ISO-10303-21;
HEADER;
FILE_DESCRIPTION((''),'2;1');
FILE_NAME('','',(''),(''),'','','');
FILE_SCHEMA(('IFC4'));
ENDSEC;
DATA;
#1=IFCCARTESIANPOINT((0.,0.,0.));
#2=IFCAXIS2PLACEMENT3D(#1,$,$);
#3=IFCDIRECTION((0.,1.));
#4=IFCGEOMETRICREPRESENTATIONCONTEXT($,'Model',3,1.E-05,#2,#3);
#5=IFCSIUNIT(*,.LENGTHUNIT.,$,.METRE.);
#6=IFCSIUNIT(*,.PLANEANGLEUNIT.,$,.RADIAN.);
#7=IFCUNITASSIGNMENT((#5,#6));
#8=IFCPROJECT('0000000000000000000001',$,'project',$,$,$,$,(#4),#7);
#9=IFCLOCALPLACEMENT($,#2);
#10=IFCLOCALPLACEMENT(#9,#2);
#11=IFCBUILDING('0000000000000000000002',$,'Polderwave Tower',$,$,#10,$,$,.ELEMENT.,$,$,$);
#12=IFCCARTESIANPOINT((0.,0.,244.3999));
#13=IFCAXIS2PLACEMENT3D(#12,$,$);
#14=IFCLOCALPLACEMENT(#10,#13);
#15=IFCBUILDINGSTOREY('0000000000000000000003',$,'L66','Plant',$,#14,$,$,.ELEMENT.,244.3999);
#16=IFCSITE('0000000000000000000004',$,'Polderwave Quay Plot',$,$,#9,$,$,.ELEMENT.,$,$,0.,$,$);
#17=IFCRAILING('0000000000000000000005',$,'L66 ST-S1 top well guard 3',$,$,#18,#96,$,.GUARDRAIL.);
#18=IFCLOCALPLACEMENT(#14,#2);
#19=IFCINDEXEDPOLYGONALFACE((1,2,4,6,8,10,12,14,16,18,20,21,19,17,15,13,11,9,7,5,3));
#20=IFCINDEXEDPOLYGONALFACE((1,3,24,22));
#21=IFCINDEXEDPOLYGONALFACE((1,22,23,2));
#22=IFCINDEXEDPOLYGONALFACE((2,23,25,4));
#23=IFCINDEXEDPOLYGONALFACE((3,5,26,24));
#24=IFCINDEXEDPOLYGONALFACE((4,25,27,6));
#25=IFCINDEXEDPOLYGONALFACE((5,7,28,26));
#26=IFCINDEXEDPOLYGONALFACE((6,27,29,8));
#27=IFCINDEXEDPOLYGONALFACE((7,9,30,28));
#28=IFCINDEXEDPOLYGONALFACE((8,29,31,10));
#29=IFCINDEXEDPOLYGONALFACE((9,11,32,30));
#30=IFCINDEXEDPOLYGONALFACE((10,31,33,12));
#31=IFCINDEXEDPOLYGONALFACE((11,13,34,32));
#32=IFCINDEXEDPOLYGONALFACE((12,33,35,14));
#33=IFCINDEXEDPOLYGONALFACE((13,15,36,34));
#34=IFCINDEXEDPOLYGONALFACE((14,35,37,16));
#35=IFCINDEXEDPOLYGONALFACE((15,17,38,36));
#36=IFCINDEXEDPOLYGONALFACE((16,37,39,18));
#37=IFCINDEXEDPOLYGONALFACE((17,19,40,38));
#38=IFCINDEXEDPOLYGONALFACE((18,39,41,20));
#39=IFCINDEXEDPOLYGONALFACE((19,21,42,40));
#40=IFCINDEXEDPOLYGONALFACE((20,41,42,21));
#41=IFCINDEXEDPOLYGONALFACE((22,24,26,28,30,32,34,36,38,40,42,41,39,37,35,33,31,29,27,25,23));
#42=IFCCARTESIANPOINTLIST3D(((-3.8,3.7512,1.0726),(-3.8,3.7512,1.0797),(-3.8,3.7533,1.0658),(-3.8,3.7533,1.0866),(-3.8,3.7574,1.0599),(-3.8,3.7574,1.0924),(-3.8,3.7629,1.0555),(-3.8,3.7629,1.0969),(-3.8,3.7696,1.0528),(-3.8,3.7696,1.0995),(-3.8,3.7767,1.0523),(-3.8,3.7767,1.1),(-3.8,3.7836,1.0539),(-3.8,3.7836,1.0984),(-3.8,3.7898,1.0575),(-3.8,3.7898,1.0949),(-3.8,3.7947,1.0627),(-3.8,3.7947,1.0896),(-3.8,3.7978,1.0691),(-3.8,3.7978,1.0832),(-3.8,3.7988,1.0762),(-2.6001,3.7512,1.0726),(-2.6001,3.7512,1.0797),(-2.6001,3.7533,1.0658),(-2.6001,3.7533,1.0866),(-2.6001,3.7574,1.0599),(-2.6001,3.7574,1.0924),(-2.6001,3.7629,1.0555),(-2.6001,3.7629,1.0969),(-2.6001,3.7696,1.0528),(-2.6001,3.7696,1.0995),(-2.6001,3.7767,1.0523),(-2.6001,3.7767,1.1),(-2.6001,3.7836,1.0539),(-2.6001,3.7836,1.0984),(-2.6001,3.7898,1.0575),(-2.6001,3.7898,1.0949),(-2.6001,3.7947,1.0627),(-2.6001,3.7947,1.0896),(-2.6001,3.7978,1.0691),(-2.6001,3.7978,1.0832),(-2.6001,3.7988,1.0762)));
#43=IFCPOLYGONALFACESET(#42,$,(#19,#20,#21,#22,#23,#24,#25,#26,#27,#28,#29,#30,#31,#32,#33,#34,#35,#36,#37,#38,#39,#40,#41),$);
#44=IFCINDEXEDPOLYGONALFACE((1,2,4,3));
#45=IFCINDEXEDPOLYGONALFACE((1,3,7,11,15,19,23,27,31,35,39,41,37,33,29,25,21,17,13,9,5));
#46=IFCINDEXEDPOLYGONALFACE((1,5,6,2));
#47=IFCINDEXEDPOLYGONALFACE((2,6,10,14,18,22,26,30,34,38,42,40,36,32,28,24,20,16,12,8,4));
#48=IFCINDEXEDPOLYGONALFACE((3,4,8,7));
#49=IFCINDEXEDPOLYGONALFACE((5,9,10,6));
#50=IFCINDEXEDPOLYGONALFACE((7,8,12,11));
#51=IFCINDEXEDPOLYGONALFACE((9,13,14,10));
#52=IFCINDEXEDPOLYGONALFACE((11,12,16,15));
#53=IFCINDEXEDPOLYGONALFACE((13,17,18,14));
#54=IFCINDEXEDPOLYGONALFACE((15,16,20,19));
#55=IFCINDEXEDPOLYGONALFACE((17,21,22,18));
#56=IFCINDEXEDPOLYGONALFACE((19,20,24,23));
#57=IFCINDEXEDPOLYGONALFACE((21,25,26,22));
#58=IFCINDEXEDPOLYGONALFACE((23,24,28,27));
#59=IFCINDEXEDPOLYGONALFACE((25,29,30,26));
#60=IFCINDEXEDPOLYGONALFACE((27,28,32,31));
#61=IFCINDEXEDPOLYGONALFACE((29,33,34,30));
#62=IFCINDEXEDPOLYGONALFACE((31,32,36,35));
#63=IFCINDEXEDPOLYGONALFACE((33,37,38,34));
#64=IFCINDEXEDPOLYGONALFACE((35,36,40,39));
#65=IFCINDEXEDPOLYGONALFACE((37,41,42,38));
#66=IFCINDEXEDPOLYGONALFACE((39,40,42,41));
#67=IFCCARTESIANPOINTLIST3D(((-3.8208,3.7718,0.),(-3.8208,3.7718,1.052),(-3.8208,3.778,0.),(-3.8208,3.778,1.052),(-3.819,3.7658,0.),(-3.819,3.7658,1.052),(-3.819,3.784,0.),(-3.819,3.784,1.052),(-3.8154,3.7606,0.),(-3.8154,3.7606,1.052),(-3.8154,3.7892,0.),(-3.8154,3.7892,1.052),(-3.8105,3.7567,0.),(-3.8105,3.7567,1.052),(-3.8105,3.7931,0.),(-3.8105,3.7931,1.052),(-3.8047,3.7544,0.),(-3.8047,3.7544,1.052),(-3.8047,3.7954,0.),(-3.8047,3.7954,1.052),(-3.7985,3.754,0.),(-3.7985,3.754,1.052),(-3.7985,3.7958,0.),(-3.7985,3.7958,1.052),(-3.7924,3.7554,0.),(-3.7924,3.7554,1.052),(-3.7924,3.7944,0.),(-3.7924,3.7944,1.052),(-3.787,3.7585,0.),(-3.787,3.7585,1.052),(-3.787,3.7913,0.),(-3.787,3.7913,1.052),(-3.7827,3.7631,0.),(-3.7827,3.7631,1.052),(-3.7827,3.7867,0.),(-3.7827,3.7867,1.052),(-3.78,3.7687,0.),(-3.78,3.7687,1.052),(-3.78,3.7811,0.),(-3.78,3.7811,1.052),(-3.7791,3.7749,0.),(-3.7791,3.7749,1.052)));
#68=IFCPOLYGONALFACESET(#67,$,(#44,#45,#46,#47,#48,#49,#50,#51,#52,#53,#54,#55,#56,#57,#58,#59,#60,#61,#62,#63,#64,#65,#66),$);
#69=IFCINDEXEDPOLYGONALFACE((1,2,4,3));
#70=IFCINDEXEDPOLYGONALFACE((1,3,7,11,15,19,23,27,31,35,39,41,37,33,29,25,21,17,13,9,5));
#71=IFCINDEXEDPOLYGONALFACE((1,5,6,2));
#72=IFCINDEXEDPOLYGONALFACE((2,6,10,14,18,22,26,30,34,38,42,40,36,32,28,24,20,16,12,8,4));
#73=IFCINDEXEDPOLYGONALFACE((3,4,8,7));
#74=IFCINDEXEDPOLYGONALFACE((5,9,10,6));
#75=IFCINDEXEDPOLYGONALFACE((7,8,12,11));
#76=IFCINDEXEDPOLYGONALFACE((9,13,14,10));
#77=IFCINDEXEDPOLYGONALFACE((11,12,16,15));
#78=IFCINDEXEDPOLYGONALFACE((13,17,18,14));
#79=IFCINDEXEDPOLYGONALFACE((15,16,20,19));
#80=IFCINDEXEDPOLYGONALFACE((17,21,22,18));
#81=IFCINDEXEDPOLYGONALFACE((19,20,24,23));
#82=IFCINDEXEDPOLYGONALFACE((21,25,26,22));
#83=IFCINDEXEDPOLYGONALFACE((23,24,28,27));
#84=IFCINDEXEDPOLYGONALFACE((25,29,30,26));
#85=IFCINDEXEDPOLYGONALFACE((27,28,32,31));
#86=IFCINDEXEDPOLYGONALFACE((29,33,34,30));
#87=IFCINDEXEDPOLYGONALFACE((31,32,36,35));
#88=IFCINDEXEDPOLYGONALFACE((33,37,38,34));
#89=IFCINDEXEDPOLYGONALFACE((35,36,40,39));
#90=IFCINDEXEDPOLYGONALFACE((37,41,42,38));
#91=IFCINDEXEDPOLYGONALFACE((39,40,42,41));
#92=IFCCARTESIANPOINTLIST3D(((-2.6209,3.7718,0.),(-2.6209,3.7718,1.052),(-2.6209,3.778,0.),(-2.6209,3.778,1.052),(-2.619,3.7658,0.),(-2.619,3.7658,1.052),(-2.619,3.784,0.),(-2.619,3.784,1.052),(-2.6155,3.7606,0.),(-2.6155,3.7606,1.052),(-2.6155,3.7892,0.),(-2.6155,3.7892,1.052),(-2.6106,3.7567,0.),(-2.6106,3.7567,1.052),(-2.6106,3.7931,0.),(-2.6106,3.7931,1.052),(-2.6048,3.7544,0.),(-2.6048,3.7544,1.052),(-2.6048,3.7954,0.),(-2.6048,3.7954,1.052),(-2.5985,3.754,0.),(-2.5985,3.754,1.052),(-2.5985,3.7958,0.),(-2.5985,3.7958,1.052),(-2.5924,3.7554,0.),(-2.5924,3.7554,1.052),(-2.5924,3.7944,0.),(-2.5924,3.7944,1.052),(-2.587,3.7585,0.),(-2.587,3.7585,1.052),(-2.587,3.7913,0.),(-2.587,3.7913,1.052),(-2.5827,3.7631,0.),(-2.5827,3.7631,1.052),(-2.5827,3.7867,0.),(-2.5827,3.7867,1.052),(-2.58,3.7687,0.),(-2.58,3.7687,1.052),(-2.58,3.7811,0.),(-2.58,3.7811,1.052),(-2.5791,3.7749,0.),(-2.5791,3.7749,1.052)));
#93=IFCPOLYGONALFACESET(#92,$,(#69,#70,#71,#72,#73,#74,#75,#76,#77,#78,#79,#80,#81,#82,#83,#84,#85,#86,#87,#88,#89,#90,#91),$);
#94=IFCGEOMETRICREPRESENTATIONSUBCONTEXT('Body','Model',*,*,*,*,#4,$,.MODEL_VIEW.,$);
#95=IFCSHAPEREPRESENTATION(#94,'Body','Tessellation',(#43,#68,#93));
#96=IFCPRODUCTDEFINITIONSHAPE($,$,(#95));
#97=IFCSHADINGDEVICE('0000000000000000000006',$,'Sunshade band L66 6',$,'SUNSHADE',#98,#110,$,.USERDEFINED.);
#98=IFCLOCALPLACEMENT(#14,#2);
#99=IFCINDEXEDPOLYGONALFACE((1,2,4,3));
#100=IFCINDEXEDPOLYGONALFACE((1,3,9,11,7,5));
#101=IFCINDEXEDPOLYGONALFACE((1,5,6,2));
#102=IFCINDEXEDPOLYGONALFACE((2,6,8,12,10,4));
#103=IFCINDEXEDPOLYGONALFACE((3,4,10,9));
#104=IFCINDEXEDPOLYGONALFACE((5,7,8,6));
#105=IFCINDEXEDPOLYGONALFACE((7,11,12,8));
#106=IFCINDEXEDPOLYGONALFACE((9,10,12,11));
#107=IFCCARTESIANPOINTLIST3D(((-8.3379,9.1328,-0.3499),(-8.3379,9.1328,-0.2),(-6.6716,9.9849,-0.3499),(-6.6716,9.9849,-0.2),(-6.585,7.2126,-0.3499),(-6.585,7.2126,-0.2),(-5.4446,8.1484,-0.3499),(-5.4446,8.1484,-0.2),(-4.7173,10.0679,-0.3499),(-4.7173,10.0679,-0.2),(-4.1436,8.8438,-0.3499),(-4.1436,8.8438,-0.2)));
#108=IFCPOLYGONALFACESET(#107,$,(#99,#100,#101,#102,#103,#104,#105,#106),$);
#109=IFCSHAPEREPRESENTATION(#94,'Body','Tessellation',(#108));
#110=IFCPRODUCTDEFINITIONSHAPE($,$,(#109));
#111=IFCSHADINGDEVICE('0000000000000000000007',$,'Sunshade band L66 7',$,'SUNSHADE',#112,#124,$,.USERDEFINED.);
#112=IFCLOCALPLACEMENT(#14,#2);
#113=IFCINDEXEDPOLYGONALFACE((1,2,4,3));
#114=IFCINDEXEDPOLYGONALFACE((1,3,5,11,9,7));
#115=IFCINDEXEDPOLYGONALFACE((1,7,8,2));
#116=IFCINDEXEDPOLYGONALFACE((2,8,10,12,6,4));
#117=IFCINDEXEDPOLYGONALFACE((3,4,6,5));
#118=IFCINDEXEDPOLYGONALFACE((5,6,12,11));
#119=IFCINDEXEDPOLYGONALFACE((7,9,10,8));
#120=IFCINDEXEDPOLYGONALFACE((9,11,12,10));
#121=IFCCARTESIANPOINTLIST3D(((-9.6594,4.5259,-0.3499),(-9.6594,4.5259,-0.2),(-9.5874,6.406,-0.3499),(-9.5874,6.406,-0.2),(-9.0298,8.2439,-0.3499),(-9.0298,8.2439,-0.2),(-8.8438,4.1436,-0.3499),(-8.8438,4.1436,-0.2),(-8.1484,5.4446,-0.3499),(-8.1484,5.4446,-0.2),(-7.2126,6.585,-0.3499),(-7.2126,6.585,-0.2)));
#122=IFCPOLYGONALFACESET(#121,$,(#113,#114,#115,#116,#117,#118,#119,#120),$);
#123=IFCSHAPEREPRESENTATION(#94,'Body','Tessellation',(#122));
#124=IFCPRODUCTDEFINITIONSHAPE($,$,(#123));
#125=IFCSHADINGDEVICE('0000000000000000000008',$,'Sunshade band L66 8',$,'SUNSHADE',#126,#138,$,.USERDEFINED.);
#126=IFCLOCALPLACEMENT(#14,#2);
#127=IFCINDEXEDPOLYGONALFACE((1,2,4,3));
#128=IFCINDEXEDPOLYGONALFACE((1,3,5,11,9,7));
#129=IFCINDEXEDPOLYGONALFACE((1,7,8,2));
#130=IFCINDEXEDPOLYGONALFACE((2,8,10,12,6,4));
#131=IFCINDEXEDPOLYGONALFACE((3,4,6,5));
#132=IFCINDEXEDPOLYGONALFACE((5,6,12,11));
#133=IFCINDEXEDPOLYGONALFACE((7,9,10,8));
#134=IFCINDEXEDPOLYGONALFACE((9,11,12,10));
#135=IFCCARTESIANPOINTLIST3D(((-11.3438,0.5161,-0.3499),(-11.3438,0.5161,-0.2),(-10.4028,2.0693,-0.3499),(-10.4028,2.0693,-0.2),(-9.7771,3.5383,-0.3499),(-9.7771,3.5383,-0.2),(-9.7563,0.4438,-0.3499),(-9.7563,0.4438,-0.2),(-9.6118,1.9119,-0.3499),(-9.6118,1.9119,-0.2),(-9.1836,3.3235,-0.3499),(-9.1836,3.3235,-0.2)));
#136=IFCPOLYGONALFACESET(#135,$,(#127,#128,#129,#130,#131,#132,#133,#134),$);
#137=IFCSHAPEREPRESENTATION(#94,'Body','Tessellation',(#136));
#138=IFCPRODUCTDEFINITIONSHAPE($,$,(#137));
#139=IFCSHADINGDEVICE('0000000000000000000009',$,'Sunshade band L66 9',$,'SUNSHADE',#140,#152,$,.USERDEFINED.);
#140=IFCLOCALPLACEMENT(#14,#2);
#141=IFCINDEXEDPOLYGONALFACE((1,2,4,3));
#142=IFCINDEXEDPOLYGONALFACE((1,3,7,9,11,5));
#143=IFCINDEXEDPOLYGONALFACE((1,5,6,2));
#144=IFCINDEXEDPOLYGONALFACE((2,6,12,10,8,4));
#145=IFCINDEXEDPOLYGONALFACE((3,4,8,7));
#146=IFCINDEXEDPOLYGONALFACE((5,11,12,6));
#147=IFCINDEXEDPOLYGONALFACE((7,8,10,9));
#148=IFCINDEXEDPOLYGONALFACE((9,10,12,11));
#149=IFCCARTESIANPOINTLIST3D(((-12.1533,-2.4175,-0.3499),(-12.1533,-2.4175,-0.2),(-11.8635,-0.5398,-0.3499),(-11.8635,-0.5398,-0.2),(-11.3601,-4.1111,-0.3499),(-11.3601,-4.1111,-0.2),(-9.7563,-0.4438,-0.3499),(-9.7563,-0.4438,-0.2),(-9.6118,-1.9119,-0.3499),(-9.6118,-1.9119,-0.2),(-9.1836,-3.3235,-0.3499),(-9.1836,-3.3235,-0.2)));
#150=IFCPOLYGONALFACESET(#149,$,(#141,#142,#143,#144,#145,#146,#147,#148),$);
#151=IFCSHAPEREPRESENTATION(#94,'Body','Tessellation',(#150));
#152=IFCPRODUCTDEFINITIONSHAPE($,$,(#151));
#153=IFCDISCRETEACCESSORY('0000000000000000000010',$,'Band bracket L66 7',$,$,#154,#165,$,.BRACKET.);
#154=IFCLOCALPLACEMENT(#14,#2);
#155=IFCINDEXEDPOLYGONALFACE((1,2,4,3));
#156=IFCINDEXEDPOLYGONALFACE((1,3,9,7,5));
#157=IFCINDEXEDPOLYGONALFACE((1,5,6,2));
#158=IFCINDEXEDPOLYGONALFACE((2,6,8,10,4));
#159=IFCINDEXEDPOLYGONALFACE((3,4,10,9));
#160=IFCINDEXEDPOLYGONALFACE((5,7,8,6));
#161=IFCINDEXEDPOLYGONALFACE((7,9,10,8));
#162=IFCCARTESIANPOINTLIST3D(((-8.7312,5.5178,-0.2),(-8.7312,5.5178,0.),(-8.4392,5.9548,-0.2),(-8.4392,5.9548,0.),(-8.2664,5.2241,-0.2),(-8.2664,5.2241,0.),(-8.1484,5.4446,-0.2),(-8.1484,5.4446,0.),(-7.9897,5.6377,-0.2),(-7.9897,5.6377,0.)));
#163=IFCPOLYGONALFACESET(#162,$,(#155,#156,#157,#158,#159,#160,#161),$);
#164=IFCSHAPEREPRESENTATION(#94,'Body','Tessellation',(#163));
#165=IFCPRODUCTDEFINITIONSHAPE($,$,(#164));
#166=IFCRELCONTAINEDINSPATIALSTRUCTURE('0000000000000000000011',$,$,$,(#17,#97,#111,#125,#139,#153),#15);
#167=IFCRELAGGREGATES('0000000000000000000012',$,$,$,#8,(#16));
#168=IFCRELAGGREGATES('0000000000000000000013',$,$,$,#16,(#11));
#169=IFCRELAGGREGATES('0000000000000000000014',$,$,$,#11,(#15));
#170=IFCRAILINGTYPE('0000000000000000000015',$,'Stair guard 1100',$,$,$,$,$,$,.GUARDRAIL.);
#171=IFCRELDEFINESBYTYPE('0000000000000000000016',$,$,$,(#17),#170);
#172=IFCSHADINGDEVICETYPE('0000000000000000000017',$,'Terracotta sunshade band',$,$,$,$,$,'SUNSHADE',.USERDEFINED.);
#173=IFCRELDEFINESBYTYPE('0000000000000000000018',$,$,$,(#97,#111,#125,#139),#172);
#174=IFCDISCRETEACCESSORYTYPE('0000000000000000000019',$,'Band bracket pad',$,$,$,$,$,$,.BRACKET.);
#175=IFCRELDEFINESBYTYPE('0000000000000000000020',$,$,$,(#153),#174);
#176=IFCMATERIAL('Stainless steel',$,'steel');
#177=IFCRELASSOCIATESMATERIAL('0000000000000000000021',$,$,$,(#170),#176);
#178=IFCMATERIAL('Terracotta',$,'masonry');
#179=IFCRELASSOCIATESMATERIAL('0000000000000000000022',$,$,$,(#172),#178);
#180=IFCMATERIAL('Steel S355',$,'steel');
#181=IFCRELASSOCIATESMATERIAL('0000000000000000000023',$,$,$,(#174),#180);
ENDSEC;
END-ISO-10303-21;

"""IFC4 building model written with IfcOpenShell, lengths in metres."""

from ifc_helpers import new_model, si_unit, direction, frame, origin, origin_2d, place, context, subcontext, project, spatial, polyline, circle, outline, extrude, material, type_object, element, save


model = new_model("IFC4")

# Units and contexts
model_context = context("Model", 3, precision=1e-05, world=origin(), true_north=direction((0.0, 1.0)))
body_context = subcontext(model_context, "Body", "Model", "MODEL_VIEW")
ifc_project = project(units=[si_unit("LENGTHUNIT", "METRE"), si_unit("PLANEANGLEUNIT", "RADIAN")], contexts=[model_context])

# Site, building, storey
site_placement = place(None, origin())
site = spatial("IfcSite", under=ifc_project, at=site_placement, Name="Polderwave Quay Plot", CompositionType="ELEMENT", RefElevation=0.0)
building_placement = place(site_placement, origin())
building = spatial("IfcBuilding", under=site, at=building_placement, Name="Polderwave Tower", CompositionType="ELEMENT")
storey_placement = place(building_placement, frame((0.0, 0.0, 244.3999)))
storey = spatial("IfcBuildingStorey", under=building, at=storey_placement, Name="L66", Description="Plant", CompositionType="ELEMENT", Elevation=244.3999)

# Railing
ifc_material_1 = material(Name="Stainless steel", Category="steel")
railing_type = type_object("IfcRailingType", Name="Stair guard 1100", PredefinedType="GUARDRAIL", material=ifc_material_1)
railing_1_placement = place(storey_placement, frame((-3.8, 3.7749, 0.0)))
element("IfcRailing", 1, at=railing_1_placement, inside=storey, type_object=railing_type, Name="L66 ST-S1 top well guard 3", PredefinedType="GUARDRAIL", context=body_context, shape_type="SweptSolid", body=[
    extrude(circle(Radius=0.0239, at=origin_2d()), frame((0.0, 0.0, 1.0762), z_axis=(1.0, 0.0, 0.0), x_axis=(0.0, 1.0, 0.0)), (0.0, 0.0, 1.0), 1.2),
    extrude(circle(Radius=0.021, at=origin_2d()), origin(), (0.0, 0.0, 1.0), 1.052),
    extrude(circle(Radius=0.021, at=origin_2d()), frame((1.2, 0.0, 0.0)), (0.0, 0.0, 1.0), 1.052),
])

# Shading devices
ifc_material_2 = material(Name="Terracotta", Category="masonry")
shading_device_type = type_object("IfcShadingDeviceType", Name="Terracotta sunshade band", ElementType="SUNSHADE", PredefinedType="USERDEFINED", material=ifc_material_2)
shading_device_1_placement = place(storey_placement, frame((0.0, 0.0, -0.3499)))
element("IfcShadingDevice", 2, at=shading_device_1_placement, inside=storey, type_object=shading_device_type, Name="Sunshade band L66 6", ObjectType="SUNSHADE", PredefinedType="USERDEFINED", context=body_context, shape_type="SweptSolid", body=[
    extrude(outline(polyline([(-4.1436, 8.8438), (-5.4446, 8.1484), (-6.585, 7.2126), (-8.3379, 9.1328), (-6.6716, 9.9849), (-4.7173, 10.0679), (-4.1436, 8.8438)])), origin(), (0.0, 0.0, 1.0), 0.1499),
])
shading_device_2_placement = place(storey_placement, frame((0.0, 0.0, -0.3499)))
element("IfcShadingDevice", 3, at=shading_device_2_placement, inside=storey, type_object=shading_device_type, Name="Sunshade band L66 7", ObjectType="SUNSHADE", PredefinedType="USERDEFINED", context=body_context, shape_type="SweptSolid", body=[
    extrude(outline(polyline([(-7.2126, 6.585), (-8.1484, 5.4446), (-8.8438, 4.1436), (-9.6594, 4.5259), (-9.5874, 6.406), (-9.0298, 8.2439), (-7.2126, 6.585)])), origin(), (0.0, 0.0, 1.0), 0.1499),
])
shading_device_3_placement = place(storey_placement, frame((0.0, 0.0, -0.3499)))
element("IfcShadingDevice", 4, at=shading_device_3_placement, inside=storey, type_object=shading_device_type, Name="Sunshade band L66 8", ObjectType="SUNSHADE", PredefinedType="USERDEFINED", context=body_context, shape_type="SweptSolid", body=[
    extrude(outline(polyline([(-9.1836, 3.3235), (-9.6118, 1.9119), (-9.7563, 0.4438), (-11.3438, 0.5161), (-10.4028, 2.0693), (-9.7771, 3.5383), (-9.1836, 3.3235)])), origin(), (0.0, 0.0, 1.0), 0.1499),
])
shading_device_4_placement = place(storey_placement, frame((0.0, 0.0, -0.3499)))
element("IfcShadingDevice", 5, at=shading_device_4_placement, inside=storey, type_object=shading_device_type, Name="Sunshade band L66 9", ObjectType="SUNSHADE", PredefinedType="USERDEFINED", context=body_context, shape_type="SweptSolid", body=[
    extrude(outline(polyline([(-9.7563, -0.4438), (-9.6118, -1.9119), (-9.1836, -3.3235), (-11.3601, -4.1111), (-12.1533, -2.4175), (-11.8635, -0.5398), (-9.7563, -0.4438)])), origin(), (0.0, 0.0, 1.0), 0.1499),
])

# Discrete accessory
ifc_material_3 = material(Name="Steel S355", Category="steel")
discrete_accessory_type = type_object("IfcDiscreteAccessoryType", Name="Band bracket pad", PredefinedType="BRACKET", material=ifc_material_3)
discrete_accessory_placement = place(storey_placement, frame((0.0, 0.0, -0.2)))
element("IfcDiscreteAccessory", 6, at=discrete_accessory_placement, inside=storey, type_object=discrete_accessory_type, Name="Band bracket L66 7", PredefinedType="BRACKET", context=body_context, shape_type="SweptSolid", body=[
    extrude(outline(polyline([(-7.9897, 5.6377), (-8.1484, 5.4446), (-8.2664, 5.2241), (-8.7312, 5.5178), (-8.4392, 5.9548), (-7.9897, 5.6377)])), origin(), (0.0, 0.0, 1.0), 0.2),
])

save(model, "model.ifc")
